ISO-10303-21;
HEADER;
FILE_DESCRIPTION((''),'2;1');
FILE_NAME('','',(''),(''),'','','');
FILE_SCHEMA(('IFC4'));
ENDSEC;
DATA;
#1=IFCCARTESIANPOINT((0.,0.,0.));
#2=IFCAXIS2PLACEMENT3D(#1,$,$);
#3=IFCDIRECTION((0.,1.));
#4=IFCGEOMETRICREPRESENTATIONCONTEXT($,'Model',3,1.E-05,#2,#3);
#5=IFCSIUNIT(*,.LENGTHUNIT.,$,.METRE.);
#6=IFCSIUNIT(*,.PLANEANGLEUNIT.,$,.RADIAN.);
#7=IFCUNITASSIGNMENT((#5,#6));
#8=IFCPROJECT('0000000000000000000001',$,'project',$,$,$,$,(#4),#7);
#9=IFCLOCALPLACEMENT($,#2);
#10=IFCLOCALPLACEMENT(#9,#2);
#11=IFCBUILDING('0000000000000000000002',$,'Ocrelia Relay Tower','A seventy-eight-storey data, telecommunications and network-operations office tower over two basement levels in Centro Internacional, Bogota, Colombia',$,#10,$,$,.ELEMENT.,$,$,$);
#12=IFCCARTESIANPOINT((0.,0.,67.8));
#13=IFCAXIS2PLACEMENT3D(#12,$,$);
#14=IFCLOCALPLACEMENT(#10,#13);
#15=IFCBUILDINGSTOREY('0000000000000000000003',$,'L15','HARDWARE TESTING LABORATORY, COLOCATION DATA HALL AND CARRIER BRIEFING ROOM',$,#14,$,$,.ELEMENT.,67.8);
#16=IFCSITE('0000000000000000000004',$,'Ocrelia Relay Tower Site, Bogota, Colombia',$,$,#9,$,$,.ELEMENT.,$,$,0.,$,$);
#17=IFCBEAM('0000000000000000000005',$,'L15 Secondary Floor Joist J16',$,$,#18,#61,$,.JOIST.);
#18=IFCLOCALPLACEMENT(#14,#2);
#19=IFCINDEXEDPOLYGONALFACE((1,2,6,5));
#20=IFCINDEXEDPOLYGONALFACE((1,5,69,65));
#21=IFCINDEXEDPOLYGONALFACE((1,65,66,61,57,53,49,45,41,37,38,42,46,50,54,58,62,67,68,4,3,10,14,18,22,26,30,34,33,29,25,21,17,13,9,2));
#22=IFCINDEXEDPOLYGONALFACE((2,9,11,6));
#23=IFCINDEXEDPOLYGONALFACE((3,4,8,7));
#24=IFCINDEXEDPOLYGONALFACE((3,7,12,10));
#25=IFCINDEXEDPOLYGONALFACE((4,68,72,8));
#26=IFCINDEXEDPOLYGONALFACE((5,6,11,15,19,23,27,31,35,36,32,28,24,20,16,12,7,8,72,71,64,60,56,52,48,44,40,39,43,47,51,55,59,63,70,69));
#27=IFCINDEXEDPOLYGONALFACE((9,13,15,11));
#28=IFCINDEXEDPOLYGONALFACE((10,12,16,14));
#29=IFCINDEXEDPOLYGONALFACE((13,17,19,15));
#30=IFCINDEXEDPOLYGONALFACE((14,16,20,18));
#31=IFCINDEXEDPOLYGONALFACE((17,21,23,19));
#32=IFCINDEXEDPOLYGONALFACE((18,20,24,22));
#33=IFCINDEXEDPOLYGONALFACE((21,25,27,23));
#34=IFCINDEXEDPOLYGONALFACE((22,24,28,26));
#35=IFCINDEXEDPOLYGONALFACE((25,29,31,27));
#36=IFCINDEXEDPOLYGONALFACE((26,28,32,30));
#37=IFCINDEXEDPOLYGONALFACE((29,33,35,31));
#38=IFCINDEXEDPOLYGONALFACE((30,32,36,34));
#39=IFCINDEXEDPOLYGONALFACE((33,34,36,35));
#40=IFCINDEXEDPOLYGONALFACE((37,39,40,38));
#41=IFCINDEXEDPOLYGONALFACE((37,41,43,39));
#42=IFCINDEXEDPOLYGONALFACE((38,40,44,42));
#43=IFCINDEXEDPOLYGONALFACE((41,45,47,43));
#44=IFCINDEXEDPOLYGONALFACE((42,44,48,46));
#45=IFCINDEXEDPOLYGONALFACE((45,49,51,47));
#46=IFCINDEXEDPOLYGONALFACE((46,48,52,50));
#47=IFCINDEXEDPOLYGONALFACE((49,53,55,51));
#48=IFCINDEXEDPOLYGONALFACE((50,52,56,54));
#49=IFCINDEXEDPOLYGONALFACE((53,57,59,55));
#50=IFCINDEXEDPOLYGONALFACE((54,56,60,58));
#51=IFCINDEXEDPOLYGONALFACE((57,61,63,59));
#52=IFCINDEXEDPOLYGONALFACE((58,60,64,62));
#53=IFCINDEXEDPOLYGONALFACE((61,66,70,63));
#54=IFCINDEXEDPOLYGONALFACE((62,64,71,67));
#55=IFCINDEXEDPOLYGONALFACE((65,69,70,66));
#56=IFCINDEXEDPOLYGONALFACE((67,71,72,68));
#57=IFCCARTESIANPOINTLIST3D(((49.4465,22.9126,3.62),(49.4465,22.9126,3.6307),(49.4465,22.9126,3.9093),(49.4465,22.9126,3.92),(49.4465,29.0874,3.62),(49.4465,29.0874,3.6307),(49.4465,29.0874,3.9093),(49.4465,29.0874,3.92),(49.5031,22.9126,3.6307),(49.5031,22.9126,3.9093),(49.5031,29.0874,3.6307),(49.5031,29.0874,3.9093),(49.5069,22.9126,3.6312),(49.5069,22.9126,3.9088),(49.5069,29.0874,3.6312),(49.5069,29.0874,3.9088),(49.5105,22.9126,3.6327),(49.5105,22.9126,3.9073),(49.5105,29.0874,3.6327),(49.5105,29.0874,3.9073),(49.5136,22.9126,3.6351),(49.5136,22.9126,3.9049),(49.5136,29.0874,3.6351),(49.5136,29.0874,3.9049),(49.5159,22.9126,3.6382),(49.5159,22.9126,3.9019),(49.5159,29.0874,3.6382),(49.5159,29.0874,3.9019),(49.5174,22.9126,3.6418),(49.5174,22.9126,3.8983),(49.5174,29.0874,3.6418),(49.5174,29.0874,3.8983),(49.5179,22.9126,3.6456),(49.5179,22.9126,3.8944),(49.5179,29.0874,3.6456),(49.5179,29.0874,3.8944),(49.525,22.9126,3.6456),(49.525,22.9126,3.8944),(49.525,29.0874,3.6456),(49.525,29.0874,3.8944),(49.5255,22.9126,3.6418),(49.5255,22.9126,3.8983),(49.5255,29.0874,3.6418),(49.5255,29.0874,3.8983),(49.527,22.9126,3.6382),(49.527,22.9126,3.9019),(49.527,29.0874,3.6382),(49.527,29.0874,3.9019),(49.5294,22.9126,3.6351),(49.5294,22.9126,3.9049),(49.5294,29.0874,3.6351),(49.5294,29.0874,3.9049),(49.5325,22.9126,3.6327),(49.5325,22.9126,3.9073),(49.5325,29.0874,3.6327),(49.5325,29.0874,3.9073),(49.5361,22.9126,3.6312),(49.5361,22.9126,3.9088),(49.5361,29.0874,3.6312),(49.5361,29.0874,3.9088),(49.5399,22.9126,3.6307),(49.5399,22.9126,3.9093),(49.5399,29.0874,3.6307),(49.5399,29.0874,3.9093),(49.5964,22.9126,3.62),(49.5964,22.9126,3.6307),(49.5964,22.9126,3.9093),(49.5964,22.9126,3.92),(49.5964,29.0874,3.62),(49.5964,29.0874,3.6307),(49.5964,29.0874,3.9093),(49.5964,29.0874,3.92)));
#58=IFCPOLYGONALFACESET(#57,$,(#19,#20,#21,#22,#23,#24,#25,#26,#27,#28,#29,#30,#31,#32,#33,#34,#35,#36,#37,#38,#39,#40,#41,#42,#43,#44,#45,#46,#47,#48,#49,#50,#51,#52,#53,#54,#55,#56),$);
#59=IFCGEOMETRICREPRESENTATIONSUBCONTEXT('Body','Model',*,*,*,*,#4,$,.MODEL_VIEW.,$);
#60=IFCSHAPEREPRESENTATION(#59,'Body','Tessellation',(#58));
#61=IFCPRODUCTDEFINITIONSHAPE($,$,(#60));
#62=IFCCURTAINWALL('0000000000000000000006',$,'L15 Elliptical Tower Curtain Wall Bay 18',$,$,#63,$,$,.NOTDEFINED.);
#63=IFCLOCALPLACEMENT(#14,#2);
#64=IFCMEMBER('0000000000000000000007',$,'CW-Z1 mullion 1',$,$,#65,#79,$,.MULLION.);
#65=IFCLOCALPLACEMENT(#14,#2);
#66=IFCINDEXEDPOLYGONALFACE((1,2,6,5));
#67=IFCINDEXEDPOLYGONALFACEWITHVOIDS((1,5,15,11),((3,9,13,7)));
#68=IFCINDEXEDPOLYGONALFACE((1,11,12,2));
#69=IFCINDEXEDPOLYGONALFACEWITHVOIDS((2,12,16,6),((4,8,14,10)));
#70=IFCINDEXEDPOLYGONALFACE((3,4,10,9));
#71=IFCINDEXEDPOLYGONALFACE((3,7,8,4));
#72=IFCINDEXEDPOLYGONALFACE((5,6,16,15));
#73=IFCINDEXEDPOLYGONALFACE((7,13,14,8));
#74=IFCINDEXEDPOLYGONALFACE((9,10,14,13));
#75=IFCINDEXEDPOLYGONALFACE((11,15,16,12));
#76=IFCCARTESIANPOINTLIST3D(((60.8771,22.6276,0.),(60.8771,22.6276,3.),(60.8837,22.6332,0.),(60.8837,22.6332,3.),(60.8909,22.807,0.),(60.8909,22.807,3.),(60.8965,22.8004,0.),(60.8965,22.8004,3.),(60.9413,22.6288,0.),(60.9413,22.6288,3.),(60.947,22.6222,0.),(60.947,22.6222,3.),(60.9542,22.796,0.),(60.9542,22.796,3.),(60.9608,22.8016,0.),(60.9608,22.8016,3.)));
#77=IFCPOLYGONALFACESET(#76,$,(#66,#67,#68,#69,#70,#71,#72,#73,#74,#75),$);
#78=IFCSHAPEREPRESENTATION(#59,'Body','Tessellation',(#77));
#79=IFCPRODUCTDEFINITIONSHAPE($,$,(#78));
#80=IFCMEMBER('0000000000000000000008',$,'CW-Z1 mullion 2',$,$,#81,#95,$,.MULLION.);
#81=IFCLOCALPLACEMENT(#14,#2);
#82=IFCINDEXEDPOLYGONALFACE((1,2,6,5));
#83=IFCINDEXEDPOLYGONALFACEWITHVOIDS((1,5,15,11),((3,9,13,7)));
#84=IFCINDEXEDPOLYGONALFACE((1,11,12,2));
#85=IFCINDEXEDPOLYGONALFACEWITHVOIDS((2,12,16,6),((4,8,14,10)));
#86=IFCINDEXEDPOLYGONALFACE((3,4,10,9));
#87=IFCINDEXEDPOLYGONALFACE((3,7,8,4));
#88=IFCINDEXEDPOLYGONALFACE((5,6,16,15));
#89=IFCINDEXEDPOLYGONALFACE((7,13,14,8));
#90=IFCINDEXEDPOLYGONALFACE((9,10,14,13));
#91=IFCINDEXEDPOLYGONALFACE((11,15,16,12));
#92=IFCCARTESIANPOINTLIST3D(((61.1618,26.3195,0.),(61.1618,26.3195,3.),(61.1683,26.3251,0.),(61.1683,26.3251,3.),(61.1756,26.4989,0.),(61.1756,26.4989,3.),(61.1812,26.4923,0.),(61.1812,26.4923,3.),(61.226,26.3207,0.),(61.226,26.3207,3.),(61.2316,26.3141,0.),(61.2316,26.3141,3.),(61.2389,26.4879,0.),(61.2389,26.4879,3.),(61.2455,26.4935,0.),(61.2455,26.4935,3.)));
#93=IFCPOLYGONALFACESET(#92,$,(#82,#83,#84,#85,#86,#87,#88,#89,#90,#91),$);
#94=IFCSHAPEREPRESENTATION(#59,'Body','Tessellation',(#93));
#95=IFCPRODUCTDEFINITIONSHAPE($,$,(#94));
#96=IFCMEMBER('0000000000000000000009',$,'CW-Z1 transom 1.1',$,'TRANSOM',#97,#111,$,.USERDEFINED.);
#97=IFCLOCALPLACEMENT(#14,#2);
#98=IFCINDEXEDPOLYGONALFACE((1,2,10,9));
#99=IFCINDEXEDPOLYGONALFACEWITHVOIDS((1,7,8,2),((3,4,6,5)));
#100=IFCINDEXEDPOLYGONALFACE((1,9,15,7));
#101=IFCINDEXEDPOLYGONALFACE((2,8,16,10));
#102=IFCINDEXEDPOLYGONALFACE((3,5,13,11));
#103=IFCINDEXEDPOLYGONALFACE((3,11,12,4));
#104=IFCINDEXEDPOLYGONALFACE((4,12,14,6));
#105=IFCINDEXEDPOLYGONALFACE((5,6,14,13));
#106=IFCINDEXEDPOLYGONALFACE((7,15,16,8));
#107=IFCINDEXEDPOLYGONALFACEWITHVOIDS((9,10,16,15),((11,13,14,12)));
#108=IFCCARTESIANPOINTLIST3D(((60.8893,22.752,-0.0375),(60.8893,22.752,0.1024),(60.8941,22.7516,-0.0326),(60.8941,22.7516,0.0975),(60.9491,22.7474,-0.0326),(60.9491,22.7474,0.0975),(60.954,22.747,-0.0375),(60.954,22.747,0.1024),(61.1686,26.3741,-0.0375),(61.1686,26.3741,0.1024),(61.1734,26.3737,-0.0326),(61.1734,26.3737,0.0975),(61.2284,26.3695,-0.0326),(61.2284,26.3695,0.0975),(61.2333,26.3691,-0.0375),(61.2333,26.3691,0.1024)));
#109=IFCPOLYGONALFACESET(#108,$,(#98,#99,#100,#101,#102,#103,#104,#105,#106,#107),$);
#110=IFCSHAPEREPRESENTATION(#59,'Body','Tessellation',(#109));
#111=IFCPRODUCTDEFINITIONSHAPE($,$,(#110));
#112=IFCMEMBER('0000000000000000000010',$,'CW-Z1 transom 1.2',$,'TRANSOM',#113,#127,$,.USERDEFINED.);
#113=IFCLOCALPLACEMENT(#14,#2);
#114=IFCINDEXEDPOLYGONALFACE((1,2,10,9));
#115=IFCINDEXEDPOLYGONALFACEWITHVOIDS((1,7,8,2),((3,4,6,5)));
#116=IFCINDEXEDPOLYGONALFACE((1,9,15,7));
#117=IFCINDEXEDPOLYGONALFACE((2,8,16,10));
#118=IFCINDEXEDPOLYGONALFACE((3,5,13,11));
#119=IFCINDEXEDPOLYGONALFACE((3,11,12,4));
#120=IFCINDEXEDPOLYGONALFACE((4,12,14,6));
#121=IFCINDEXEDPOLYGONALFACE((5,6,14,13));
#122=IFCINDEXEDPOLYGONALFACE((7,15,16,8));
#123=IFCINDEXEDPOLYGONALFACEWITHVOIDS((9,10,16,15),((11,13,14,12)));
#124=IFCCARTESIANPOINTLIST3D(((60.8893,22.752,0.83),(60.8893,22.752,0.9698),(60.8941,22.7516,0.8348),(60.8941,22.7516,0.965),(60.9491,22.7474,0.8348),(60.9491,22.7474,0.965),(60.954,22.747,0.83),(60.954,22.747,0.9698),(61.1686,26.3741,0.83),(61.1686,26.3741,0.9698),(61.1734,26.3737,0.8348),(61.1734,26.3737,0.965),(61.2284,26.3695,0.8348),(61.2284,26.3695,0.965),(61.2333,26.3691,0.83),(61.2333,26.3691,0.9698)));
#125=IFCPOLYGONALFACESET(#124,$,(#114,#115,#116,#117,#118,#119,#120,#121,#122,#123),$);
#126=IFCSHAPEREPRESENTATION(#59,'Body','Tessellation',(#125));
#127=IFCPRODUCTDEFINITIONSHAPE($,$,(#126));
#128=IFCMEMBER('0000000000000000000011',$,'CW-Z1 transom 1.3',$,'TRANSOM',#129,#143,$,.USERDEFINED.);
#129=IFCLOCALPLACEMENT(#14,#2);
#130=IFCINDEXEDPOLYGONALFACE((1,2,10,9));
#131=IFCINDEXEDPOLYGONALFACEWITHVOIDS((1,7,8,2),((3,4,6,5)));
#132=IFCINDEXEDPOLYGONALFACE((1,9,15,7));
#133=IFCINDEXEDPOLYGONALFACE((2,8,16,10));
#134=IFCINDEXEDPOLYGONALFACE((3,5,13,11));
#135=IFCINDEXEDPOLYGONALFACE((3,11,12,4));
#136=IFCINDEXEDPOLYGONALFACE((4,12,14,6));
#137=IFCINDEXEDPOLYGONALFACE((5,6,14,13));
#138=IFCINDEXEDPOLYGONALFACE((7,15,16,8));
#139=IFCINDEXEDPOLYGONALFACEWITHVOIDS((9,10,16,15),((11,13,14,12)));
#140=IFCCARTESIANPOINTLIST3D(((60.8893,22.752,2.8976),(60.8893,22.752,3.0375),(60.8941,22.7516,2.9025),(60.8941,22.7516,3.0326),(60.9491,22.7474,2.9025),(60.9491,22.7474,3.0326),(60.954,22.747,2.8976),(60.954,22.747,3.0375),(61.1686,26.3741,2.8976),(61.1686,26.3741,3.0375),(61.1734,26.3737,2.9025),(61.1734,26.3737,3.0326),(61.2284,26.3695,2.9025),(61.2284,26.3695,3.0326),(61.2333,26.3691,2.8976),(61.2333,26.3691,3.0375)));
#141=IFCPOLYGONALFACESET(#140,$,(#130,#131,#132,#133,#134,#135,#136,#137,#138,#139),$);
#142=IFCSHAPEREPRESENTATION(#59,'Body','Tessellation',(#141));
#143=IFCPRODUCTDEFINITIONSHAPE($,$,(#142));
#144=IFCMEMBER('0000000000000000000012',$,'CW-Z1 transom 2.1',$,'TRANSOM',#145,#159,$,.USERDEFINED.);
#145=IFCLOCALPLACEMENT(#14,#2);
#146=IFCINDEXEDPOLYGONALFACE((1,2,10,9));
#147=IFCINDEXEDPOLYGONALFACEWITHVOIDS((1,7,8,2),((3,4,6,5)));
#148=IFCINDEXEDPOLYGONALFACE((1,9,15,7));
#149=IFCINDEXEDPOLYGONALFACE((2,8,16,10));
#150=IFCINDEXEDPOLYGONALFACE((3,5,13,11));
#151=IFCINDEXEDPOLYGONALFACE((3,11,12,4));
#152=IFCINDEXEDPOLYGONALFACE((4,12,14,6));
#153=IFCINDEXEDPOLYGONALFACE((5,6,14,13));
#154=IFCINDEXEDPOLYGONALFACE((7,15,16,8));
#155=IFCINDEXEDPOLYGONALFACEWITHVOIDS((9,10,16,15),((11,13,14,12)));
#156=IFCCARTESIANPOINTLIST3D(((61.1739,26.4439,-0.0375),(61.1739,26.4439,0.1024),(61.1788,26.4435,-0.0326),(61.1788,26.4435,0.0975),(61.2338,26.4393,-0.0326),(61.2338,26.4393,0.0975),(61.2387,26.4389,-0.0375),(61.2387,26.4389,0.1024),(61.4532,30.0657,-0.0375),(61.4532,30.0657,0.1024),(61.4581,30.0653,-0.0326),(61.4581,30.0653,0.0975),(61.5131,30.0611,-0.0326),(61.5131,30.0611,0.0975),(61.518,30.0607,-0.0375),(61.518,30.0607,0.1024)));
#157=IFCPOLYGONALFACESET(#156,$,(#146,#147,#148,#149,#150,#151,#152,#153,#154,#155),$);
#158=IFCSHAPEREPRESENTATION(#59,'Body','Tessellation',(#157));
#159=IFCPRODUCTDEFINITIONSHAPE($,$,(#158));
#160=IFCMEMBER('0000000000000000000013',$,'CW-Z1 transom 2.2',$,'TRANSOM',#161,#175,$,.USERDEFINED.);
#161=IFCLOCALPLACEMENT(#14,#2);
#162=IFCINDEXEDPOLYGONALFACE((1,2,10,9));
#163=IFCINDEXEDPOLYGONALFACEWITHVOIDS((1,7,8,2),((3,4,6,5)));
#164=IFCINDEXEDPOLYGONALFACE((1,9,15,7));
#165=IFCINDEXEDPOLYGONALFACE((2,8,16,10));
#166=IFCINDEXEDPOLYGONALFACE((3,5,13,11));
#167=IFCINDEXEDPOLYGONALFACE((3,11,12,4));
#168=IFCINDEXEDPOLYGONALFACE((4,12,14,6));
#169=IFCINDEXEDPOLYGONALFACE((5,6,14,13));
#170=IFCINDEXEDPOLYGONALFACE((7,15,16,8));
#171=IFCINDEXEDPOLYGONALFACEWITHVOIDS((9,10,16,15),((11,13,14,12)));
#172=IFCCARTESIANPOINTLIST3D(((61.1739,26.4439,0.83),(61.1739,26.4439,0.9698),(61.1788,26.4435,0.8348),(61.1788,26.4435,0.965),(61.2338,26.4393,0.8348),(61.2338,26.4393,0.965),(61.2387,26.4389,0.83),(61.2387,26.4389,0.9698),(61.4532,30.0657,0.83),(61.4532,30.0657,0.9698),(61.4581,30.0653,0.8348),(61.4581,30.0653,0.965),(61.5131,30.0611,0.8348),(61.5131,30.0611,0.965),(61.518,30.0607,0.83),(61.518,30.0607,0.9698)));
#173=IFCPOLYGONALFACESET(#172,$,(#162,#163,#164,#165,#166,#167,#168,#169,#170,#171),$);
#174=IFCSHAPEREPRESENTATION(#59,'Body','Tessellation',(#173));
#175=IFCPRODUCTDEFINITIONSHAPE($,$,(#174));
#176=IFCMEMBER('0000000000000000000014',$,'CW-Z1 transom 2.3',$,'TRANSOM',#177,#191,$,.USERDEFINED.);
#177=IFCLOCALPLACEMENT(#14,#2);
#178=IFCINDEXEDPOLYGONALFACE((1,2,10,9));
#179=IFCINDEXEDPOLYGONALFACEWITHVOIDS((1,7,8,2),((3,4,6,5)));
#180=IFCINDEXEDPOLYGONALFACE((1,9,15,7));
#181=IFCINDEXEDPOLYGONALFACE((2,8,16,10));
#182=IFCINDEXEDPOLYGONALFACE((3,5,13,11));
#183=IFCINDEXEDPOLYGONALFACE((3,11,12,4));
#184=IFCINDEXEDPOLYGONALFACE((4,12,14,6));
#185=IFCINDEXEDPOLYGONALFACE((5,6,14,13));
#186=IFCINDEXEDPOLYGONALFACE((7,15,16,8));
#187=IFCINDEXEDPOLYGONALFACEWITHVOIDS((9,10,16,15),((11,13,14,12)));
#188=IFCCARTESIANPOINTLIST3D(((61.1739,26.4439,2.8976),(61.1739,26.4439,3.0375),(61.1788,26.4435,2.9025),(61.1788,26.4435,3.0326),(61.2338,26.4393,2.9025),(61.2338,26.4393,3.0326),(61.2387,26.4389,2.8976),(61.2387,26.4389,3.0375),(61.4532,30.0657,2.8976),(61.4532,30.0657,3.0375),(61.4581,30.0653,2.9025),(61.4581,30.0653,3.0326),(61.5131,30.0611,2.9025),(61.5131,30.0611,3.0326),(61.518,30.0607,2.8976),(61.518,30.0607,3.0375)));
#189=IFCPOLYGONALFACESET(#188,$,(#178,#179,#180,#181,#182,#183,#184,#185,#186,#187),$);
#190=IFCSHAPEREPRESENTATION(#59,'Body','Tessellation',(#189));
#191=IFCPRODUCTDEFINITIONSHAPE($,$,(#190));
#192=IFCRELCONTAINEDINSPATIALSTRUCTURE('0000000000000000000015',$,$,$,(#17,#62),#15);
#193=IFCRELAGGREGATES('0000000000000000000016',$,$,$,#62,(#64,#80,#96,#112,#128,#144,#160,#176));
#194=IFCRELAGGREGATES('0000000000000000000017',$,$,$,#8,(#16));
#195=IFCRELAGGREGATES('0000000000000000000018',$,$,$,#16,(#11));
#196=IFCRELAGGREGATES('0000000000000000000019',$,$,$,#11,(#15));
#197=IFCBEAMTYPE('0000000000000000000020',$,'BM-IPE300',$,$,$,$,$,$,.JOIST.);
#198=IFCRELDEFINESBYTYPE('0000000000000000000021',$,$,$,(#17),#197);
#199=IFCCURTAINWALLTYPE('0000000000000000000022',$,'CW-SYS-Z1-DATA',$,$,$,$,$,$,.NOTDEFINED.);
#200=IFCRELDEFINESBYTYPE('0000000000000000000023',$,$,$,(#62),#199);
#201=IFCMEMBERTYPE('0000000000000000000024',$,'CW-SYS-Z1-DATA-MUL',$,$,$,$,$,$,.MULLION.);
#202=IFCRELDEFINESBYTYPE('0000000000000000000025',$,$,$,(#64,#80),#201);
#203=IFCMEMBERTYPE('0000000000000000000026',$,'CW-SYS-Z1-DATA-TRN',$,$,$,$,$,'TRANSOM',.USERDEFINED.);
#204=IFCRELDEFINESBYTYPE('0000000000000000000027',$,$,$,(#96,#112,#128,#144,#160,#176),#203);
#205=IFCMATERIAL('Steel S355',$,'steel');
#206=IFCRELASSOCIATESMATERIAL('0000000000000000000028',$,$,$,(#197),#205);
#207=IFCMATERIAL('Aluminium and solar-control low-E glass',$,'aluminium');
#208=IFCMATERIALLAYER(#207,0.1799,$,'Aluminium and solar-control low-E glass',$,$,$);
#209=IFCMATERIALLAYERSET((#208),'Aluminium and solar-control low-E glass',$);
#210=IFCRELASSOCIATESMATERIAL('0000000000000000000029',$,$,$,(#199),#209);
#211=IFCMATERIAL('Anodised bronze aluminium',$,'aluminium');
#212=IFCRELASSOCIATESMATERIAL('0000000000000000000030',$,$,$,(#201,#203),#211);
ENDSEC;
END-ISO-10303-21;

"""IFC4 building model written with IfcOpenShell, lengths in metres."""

from ifc_helpers import new_model, si_unit, direction, frame, origin, origin_2d, place, context, subcontext, project, spatial, hollow_rectangle, i_section, extrude, material, layer, layer_set, material_profile, profile_set, type_object, element, aggregate, save


model = new_model("IFC4")

# Units and contexts
model_context = context("Model", 3, precision=1e-05, world=origin(), true_north=direction((0.0, 1.0)))
body_context = subcontext(model_context, "Body", "Model", "MODEL_VIEW")
ifc_project = project(units=[si_unit("LENGTHUNIT", "METRE"), si_unit("PLANEANGLEUNIT", "RADIAN")], contexts=[model_context])

# Site, building, storey
site_placement = place(None, origin())
site = spatial("IfcSite", under=ifc_project, at=site_placement, Name="Ocrelia Relay Tower Site, Bogota, Colombia", CompositionType="ELEMENT", RefElevation=0.0)
building_placement = place(site_placement, origin())
building = spatial("IfcBuilding", under=site, at=building_placement, Name="Ocrelia Relay Tower", Description="A seventy-eight-storey data, telecommunications and network-operations office tower over two basement levels in Centro Internacional, Bogota, Colombia", CompositionType="ELEMENT")
storey_placement = place(building_placement, frame((0.0, 0.0, 67.8)))
storey = spatial("IfcBuildingStorey", under=building, at=storey_placement, Name="L15", Description="HARDWARE TESTING LABORATORY, COLOCATION DATA HALL AND CARRIER BRIEFING ROOM", CompositionType="ELEMENT", Elevation=67.8)

# Beam
ifc_material_1 = material(Name="Steel S355", Category="steel")
ifc_material_profile_1 = material_profile(ifc_material_1, i_section(OverallWidth=0.1499, OverallDepth=0.3, WebThickness=0.0071, FlangeThickness=0.0107, FilletRadius=0.0149, at=origin_2d()), Name="IPE 300")
ifc_profile_set_1 = profile_set([ifc_material_profile_1], Name="Steel S355")
beam_type_1 = type_object("IfcBeamType", Name="BM-IPE300", PredefinedType="JOIST", material=ifc_profile_set_1)
beam_1_placement = place(storey_placement, frame((49.5215, 22.9126, 3.77), z_axis=(0.0, 1.0, 0.0), x_axis=(-1.0, 0.0, 0.0)))
element("IfcBeam", 1, at=beam_1_placement, inside=storey, type_object=beam_type_1, Name="L15 Secondary Floor Joist J16", PredefinedType="JOIST", context=body_context, shape_type="SweptSolid", body=[
    extrude(i_section(OverallWidth=0.1499, OverallDepth=0.3, WebThickness=0.0071, FlangeThickness=0.0107, FilletRadius=0.0149, at=origin_2d()), origin(), (0.0, 0.0, 1.0), 6.1748),
])

# Curtain wall, members
ifc_material_2 = material(Name="Aluminium and solar-control low-E glass", Category="aluminium")
ifc_layer_1 = layer(ifc_material_2, 0.1799, Name="Aluminium and solar-control low-E glass")
ifc_layer_set_1 = layer_set([ifc_layer_1], Name="Aluminium and solar-control low-E glass")
curtain_wall_type = type_object("IfcCurtainWallType", Name="CW-SYS-Z1-DATA", PredefinedType="NOTDEFINED", material=ifc_layer_set_1)
curtain_wall_placement = place(storey_placement, origin())
curtain_wall = element("IfcCurtainWall", 2, at=curtain_wall_placement, inside=storey, type_object=curtain_wall_type, Name="L15 Elliptical Tower Curtain Wall Bay 18", PredefinedType="NOTDEFINED")
ifc_material_3 = material(Name="Anodised bronze aluminium", Category="aluminium")
ifc_material_profile_2 = material_profile(ifc_material_3, hollow_rectangle(XDim=0.0701, YDim=0.1799, WallThickness=0.0061, at=origin_2d()), Name="CW-MUL-180x70")
ifc_profile_set_2 = profile_set([ifc_material_profile_2], Name="Anodised bronze aluminium")
member_type_1 = type_object("IfcMemberType", Name="CW-SYS-Z1-DATA-MUL", PredefinedType="MULLION", material=ifc_profile_set_2)
member_1_placement = place(storey_placement, frame((60.9189, 22.7146, 0.0), z_axis=(0.0, 0.0, 1.0), x_axis=(-0.997039, 0.076892, 0.0)))
member_1 = element("IfcMember", 3, at=member_1_placement, type_object=member_type_1, Name="CW-Z1 mullion 1", PredefinedType="MULLION", context=body_context, shape_type="SweptSolid", body=[
    extrude(hollow_rectangle(XDim=0.0701, YDim=0.1799, WallThickness=0.0061, at=origin_2d()), origin(), (0.0, 0.0, 1.0), 3.0),
])
member_2_placement = place(storey_placement, frame((61.2036, 26.4065, 0.0), z_axis=(0.0, 0.0, 1.0), x_axis=(-0.997039, 0.076892, 0.0)))
member_2 = element("IfcMember", 4, at=member_2_placement, type_object=member_type_1, Name="CW-Z1 mullion 2", PredefinedType="MULLION", context=body_context, shape_type="SweptSolid", body=[
    extrude(hollow_rectangle(XDim=0.0701, YDim=0.1799, WallThickness=0.0061, at=origin_2d()), origin(), (0.0, 0.0, 1.0), 3.0),
])
ifc_material_profile_3 = material_profile(ifc_material_3, hollow_rectangle(XDim=0.0649, YDim=0.1399, WallThickness=0.0049, at=origin_2d()), Name="CW-TRN-140x65")
ifc_profile_set_3 = profile_set([ifc_material_profile_3], Name="Anodised bronze aluminium")
member_type_2 = type_object("IfcMemberType", Name="CW-SYS-Z1-DATA-TRN", ElementType="TRANSOM", PredefinedType="USERDEFINED", material=ifc_profile_set_3)
member_3_placement = place(storey_placement, frame((60.9216, 22.7495, 0.0325), z_axis=(0.076882, 0.99704, 0.0), x_axis=(-0.99704, 0.076882, 0.0)))
member_3 = element("IfcMember", 5, at=member_3_placement, type_object=member_type_2, Name="CW-Z1 transom 1.1", ObjectType="TRANSOM", PredefinedType="USERDEFINED", context=body_context, shape_type="SweptSolid", body=[
    extrude(hollow_rectangle(XDim=0.0649, YDim=0.1399, WallThickness=0.0049, at=origin_2d()), origin(), (0.0, 0.0, 1.0), 3.6328),
])
member_4_placement = place(storey_placement, frame((60.9216, 22.7495, 0.8999), z_axis=(0.076882, 0.99704, 0.0), x_axis=(-0.99704, 0.076882, 0.0)))
member_4 = element("IfcMember", 6, at=member_4_placement, type_object=member_type_2, Name="CW-Z1 transom 1.2", ObjectType="TRANSOM", PredefinedType="USERDEFINED", context=body_context, shape_type="SweptSolid", body=[
    extrude(hollow_rectangle(XDim=0.0649, YDim=0.1399, WallThickness=0.0049, at=origin_2d()), origin(), (0.0, 0.0, 1.0), 3.6328),
])
member_5_placement = place(storey_placement, frame((60.9216, 22.7495, 2.9675), z_axis=(0.076882, 0.99704, 0.0), x_axis=(-0.99704, 0.076882, 0.0)))
member_5 = element("IfcMember", 7, at=member_5_placement, type_object=member_type_2, Name="CW-Z1 transom 1.3", ObjectType="TRANSOM", PredefinedType="USERDEFINED", context=body_context, shape_type="SweptSolid", body=[
    extrude(hollow_rectangle(XDim=0.0649, YDim=0.1399, WallThickness=0.0049, at=origin_2d()), origin(), (0.0, 0.0, 1.0), 3.6328),
])
member_6_placement = place(storey_placement, frame((61.2063, 26.4414, 0.0325), z_axis=(0.076887, 0.99704, 0.0), x_axis=(-0.99704, 0.076887, 0.0)))
member_6 = element("IfcMember", 8, at=member_6_placement, type_object=member_type_2, Name="CW-Z1 transom 2.1", ObjectType="TRANSOM", PredefinedType="USERDEFINED", context=body_context, shape_type="SweptSolid", body=[
    extrude(hollow_rectangle(XDim=0.0649, YDim=0.1399, WallThickness=0.0049, at=origin_2d()), origin(), (0.0, 0.0, 1.0), 3.6326),
])
member_7_placement = place(storey_placement, frame((61.2063, 26.4414, 0.8999), z_axis=(0.076887, 0.99704, 0.0), x_axis=(-0.99704, 0.076887, 0.0)))
member_7 = element("IfcMember", 9, at=member_7_placement, type_object=member_type_2, Name="CW-Z1 transom 2.2", ObjectType="TRANSOM", PredefinedType="USERDEFINED", context=body_context, shape_type="SweptSolid", body=[
    extrude(hollow_rectangle(XDim=0.0649, YDim=0.1399, WallThickness=0.0049, at=origin_2d()), origin(), (0.0, 0.0, 1.0), 3.6326),
])
member_8_placement = place(storey_placement, frame((61.2063, 26.4414, 2.9675), z_axis=(0.076887, 0.99704, 0.0), x_axis=(-0.99704, 0.076887, 0.0)))
member_8 = element("IfcMember", 10, at=member_8_placement, type_object=member_type_2, Name="CW-Z1 transom 2.3", ObjectType="TRANSOM", PredefinedType="USERDEFINED", context=body_context, shape_type="SweptSolid", body=[
    extrude(hollow_rectangle(XDim=0.0649, YDim=0.1399, WallThickness=0.0049, at=origin_2d()), origin(), (0.0, 0.0, 1.0), 3.6326),
])
aggregate(curtain_wall, [member_1, member_2, member_3, member_4, member_5, member_6, member_7, member_8])

save(model, "model.ifc")
